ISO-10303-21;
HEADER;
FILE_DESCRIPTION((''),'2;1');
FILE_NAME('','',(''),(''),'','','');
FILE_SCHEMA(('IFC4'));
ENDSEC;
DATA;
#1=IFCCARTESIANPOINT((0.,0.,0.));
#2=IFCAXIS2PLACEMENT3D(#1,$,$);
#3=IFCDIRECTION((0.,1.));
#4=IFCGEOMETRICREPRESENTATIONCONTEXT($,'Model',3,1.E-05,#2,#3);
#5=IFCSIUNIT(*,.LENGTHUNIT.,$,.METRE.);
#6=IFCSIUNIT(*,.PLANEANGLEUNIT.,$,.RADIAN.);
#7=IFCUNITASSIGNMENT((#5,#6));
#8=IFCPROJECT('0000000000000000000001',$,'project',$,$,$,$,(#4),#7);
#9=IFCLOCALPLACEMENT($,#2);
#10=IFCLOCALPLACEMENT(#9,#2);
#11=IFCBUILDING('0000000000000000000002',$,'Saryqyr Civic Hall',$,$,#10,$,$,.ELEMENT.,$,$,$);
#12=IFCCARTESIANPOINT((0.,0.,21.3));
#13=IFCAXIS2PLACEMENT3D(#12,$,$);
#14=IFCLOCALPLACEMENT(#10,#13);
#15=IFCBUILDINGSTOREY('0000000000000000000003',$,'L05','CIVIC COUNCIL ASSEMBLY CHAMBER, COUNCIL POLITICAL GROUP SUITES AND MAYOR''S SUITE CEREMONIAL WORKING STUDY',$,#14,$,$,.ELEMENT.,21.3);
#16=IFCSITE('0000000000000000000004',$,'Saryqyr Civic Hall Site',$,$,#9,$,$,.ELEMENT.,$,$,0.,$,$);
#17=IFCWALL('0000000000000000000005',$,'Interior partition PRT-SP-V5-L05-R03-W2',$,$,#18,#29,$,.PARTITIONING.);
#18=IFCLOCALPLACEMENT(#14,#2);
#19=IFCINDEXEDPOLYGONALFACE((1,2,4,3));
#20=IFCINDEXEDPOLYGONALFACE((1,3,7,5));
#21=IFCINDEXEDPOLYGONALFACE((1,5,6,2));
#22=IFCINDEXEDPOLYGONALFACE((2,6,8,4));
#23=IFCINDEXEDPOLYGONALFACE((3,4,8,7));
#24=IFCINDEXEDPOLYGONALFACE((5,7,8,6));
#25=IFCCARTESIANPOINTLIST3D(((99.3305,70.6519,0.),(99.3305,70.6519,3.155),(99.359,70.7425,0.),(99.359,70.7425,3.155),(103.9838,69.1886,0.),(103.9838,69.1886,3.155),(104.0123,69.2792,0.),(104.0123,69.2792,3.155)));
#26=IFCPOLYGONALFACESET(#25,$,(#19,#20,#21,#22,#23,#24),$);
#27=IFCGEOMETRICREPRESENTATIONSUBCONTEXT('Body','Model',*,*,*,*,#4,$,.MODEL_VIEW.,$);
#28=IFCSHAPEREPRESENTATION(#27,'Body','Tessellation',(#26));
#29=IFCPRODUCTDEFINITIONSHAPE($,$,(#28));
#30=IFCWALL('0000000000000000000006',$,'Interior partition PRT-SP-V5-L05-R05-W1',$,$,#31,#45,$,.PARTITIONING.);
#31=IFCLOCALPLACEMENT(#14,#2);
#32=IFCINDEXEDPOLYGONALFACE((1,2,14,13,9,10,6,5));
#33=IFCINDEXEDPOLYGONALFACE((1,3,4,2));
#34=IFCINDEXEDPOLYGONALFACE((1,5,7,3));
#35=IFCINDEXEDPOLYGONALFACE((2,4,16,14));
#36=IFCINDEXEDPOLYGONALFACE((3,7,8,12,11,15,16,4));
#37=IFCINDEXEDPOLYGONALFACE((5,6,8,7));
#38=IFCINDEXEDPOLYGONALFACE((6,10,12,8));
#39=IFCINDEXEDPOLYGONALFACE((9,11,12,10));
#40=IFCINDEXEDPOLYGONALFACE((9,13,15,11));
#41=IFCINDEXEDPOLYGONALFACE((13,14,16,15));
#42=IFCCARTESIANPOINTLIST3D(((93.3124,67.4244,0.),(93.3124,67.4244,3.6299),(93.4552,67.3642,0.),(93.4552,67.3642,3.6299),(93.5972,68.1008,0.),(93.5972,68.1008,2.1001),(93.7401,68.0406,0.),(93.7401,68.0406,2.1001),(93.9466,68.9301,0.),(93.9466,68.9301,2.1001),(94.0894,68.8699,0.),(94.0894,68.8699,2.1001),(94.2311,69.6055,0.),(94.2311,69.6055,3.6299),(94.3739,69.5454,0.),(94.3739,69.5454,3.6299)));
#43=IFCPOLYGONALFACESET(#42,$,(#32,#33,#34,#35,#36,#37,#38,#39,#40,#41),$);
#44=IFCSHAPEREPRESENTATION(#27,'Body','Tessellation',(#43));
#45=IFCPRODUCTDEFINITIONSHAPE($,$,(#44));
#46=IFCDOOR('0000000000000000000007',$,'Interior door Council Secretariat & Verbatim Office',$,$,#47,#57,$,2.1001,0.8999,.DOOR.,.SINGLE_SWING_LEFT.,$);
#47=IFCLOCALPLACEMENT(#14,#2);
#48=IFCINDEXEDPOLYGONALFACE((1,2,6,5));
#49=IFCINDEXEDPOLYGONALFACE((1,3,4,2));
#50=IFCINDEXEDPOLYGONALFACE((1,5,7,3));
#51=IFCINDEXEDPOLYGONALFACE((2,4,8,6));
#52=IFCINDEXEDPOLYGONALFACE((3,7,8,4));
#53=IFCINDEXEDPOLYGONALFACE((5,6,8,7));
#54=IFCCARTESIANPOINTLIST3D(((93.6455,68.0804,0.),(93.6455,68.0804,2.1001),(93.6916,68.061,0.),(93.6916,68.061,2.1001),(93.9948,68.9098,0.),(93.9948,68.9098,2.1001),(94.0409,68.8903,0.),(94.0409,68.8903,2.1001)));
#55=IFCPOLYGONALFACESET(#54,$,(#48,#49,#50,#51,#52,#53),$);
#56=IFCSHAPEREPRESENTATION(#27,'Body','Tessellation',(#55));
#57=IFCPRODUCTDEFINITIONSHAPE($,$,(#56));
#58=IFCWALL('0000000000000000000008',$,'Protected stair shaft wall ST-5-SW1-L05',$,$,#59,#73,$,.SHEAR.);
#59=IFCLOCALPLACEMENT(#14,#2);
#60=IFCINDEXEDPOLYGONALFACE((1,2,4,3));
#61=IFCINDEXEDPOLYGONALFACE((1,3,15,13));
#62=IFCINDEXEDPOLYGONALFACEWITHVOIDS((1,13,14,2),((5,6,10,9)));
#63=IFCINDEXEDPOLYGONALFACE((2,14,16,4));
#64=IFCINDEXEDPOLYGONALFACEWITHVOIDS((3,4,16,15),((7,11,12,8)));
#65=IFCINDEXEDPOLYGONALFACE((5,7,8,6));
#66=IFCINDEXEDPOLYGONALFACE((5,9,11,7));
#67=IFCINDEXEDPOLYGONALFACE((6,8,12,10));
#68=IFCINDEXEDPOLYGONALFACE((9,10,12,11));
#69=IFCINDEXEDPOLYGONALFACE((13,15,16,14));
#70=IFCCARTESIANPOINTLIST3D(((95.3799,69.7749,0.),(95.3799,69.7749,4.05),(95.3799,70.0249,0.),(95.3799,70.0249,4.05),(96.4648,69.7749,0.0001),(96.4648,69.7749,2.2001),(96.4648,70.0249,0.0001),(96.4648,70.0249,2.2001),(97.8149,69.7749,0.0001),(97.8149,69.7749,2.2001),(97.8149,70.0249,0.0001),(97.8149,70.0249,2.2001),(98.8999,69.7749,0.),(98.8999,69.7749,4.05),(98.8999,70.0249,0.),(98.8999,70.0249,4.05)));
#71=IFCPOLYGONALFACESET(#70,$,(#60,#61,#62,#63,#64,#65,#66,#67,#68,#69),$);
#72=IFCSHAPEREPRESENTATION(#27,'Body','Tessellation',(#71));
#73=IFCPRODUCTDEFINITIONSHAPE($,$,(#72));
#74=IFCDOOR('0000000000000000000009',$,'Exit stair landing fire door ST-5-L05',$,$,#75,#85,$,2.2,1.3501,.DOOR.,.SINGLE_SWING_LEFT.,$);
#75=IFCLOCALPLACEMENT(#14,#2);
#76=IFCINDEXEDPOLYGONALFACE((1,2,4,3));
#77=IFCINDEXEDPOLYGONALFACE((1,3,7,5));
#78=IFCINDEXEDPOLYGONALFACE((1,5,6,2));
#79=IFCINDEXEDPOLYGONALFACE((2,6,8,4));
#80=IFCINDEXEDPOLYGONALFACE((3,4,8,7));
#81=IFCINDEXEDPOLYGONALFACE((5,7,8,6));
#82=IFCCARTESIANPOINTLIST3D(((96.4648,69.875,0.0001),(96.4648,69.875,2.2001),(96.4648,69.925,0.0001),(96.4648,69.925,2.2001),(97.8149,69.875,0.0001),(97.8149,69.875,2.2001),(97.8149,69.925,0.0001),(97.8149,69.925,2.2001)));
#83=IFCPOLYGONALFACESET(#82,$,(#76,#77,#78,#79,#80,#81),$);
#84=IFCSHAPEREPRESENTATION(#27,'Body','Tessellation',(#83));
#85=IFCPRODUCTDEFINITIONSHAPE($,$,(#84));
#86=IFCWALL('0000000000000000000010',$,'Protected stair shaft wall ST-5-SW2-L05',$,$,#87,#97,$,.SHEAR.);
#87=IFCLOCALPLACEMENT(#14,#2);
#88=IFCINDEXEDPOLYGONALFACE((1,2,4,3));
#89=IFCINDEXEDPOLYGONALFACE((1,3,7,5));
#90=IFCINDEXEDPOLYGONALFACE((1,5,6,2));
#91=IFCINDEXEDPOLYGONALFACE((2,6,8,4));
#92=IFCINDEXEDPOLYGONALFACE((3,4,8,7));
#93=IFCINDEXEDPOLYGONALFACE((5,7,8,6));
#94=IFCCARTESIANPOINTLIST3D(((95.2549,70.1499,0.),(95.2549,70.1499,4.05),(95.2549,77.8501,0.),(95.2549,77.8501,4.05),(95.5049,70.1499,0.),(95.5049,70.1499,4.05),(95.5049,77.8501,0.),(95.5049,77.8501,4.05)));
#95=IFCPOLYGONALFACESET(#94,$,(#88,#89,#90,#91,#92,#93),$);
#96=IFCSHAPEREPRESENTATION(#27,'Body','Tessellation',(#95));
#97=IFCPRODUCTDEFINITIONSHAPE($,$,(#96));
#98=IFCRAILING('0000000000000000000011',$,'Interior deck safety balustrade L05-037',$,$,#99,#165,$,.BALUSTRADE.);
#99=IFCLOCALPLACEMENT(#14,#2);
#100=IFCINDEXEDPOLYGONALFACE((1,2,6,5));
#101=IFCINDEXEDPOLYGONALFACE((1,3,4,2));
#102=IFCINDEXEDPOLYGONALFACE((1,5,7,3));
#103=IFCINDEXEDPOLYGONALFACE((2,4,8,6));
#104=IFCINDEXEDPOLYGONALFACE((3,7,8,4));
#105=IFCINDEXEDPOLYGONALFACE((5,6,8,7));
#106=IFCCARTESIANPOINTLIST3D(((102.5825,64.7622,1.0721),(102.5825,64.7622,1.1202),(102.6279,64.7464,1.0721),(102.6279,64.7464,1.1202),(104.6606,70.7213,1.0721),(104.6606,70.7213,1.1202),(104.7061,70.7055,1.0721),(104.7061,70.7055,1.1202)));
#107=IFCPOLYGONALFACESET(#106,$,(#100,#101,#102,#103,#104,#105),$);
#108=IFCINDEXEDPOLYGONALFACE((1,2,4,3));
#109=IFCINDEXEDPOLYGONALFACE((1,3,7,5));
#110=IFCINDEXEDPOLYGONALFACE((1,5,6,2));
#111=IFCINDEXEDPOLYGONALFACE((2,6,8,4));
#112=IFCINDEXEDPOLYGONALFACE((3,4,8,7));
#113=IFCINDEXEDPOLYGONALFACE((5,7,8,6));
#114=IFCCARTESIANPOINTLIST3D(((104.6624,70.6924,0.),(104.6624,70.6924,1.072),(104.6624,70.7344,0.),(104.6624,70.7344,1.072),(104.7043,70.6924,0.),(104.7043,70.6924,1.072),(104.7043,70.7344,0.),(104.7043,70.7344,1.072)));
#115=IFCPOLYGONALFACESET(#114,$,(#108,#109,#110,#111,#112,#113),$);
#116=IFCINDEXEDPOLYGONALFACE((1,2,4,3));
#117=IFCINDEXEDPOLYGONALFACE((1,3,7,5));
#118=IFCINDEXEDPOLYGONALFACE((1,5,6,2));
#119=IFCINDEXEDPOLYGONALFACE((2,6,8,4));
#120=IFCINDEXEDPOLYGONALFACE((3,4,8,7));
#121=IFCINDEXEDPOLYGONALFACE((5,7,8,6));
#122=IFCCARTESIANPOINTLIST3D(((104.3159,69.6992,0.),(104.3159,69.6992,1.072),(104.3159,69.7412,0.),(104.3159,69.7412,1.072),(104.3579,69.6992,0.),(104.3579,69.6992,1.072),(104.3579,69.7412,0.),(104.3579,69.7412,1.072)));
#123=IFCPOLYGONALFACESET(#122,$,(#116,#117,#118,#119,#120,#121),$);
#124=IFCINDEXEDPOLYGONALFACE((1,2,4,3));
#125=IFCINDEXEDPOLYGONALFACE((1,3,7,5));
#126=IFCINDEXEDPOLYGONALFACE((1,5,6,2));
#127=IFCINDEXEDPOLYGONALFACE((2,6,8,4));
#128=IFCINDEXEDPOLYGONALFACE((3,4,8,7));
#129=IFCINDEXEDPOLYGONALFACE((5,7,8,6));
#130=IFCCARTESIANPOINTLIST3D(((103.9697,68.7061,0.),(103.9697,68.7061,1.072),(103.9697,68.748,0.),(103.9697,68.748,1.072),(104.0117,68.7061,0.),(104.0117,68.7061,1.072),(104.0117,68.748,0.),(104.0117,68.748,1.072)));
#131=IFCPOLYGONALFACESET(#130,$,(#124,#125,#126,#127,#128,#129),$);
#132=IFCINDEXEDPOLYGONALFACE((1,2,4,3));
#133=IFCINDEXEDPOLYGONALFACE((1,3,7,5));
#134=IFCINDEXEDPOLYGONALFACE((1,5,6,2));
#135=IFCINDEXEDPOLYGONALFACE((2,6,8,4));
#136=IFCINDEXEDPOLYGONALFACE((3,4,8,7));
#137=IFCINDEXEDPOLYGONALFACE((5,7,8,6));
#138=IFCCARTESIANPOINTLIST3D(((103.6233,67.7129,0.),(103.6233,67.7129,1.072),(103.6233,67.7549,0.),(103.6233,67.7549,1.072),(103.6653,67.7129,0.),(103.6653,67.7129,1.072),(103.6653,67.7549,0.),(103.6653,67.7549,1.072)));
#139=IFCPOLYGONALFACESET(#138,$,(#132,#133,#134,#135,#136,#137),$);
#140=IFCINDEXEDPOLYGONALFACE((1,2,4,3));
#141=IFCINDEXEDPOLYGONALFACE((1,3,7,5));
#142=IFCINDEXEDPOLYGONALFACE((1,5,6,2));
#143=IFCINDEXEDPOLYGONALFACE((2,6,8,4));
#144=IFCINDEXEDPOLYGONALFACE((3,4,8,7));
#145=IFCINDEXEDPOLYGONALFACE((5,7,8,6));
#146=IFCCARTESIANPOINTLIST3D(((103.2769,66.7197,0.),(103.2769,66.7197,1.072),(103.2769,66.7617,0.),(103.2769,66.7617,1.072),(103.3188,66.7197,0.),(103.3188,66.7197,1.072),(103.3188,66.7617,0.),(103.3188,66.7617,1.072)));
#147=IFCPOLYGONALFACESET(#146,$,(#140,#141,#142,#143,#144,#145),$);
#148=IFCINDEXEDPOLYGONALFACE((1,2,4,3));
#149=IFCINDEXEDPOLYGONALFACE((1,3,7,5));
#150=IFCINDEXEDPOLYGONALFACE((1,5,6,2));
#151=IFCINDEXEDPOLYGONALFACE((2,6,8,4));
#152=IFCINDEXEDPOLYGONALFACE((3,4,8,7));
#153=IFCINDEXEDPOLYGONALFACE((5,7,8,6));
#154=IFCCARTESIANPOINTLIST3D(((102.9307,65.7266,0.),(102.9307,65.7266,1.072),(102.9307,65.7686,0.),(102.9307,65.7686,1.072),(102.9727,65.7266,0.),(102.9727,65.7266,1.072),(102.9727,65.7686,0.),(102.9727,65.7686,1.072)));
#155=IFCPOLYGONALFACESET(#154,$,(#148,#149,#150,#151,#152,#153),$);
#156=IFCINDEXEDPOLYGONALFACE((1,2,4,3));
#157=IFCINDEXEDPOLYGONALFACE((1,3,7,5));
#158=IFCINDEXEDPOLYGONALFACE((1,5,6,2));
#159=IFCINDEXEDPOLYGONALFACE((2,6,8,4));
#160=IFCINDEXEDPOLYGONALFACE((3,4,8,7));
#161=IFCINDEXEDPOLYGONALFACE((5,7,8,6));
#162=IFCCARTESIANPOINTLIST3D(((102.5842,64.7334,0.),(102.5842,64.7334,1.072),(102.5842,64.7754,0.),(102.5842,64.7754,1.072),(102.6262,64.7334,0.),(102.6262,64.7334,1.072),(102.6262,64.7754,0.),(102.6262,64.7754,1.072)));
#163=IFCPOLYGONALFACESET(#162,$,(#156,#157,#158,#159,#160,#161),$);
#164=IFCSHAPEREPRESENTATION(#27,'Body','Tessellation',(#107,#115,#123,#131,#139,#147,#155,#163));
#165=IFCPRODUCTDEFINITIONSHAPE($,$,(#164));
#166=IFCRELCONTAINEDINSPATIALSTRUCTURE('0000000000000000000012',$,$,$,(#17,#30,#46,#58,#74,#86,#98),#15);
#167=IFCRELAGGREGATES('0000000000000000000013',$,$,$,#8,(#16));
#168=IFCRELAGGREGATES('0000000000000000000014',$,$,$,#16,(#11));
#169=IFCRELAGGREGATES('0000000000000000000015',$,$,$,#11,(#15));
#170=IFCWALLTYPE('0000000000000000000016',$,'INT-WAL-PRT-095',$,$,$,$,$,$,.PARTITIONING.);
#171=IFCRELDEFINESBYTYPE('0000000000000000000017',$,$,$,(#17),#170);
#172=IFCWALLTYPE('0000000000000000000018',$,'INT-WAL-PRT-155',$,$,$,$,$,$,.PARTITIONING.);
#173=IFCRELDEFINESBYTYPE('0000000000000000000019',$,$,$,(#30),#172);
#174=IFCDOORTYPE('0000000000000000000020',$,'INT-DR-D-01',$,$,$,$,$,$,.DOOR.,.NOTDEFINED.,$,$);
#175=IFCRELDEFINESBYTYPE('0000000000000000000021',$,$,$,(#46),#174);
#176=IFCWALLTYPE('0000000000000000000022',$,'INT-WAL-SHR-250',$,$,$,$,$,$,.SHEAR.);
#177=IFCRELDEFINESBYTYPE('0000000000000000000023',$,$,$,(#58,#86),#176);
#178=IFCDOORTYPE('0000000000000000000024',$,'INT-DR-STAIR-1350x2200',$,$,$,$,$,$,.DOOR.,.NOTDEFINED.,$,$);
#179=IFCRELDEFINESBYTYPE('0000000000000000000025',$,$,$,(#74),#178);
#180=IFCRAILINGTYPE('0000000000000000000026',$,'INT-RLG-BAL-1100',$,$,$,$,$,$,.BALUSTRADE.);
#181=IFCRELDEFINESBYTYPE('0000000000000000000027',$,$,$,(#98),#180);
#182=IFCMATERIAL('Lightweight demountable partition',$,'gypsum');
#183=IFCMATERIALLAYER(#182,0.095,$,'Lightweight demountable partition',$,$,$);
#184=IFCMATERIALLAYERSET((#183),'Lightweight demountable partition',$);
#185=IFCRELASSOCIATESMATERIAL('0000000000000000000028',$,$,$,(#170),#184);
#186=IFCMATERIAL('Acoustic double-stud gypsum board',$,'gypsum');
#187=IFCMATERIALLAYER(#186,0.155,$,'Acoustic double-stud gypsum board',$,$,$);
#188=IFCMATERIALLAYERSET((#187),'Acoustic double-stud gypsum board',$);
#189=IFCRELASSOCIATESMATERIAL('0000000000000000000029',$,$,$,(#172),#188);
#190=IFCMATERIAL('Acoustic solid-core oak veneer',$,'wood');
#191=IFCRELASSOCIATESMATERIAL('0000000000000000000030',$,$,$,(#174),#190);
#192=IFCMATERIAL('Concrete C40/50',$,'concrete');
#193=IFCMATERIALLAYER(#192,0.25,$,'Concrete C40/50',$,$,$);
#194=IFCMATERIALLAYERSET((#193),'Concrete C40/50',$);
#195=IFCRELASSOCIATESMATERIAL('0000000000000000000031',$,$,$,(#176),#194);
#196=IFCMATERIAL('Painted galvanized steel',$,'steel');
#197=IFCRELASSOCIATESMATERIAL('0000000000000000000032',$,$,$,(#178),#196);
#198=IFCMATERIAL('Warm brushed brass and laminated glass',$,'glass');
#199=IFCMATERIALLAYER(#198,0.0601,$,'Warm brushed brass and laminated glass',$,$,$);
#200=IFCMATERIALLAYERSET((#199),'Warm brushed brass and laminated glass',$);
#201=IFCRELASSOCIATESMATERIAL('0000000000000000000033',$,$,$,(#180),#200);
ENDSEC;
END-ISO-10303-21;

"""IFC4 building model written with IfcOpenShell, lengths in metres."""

from ifc_helpers import new_model, si_unit, direction, frame, frame_2d, origin, origin_2d, place, context, subcontext, project, spatial, rectangle, extrude, material, layer, layer_set, type_object, element, fill, save


model = new_model("IFC4")

# Units and contexts
model_context = context("Model", 3, precision=1e-05, world=origin(), true_north=direction((0.0, 1.0)))
body_context = subcontext(model_context, "Body", "Model", "MODEL_VIEW")
ifc_project = project(units=[si_unit("LENGTHUNIT", "METRE"), si_unit("PLANEANGLEUNIT", "RADIAN")], contexts=[model_context])

# Site, building, storey
site_placement = place(None, origin())
site = spatial("IfcSite", under=ifc_project, at=site_placement, Name="Saryqyr Civic Hall Site", CompositionType="ELEMENT", RefElevation=0.0)
building_placement = place(site_placement, origin())
building = spatial("IfcBuilding", under=site, at=building_placement, Name="Saryqyr Civic Hall", CompositionType="ELEMENT")
storey_placement = place(building_placement, frame((0.0, 0.0, 21.3)))
storey = spatial("IfcBuildingStorey", under=building, at=storey_placement, Name="L05", Description="CIVIC COUNCIL ASSEMBLY CHAMBER, COUNCIL POLITICAL GROUP SUITES AND MAYOR'S SUITE CEREMONIAL WORKING STUDY", CompositionType="ELEMENT", Elevation=21.3)

# Shared definitions
ifc_material_1 = material(Name="Concrete C40/50", Category="concrete")

# Wall
ifc_material_2 = material(Name="Lightweight demountable partition", Category="gypsum")
ifc_layer_1 = layer(ifc_material_2, 0.095, Name="Lightweight demountable partition")
ifc_layer_set_1 = layer_set([ifc_layer_1], Name="Lightweight demountable partition")
wall_type_1 = type_object("IfcWallType", Name="INT-WAL-PRT-095", PredefinedType="PARTITIONING", material=ifc_layer_set_1)
wall_1_placement = place(storey_placement, frame((103.998, 69.2339, 0.0), z_axis=(0.0, 0.0, 1.0), x_axis=(-0.953941, 0.299996, 0.0)))
element("IfcWall", 1, at=wall_1_placement, inside=storey, type_object=wall_type_1, Name="Interior partition PRT-SP-V5-L05-R03-W2", PredefinedType="PARTITIONING", context=body_context, shape_type="SweptSolid", body=[
    extrude(rectangle(XDim=4.8779, YDim=0.095, at=frame_2d((2.439, 0.0))), origin(), (0.0, 0.0, 1.0), 3.155),
])

# Walls, openings, doors
ifc_material_3 = material(Name="Acoustic double-stud gypsum board", Category="gypsum")
ifc_layer_2 = layer(ifc_material_3, 0.155, Name="Acoustic double-stud gypsum board")
ifc_layer_set_2 = layer_set([ifc_layer_2], Name="Acoustic double-stud gypsum board")
wall_type_2 = type_object("IfcWallType", Name="INT-WAL-PRT-155", PredefinedType="PARTITIONING", material=ifc_layer_set_2)
wall_2_placement = place(storey_placement, frame((94.3025, 69.5754, 0.0), z_axis=(0.0, 0.0, 1.0), x_axis=(-0.388172, -0.921587, 0.0)))
wall_2 = element("IfcWall", 2, at=wall_2_placement, inside=storey, type_object=wall_type_2, Name="Interior partition PRT-SP-V5-L05-R05-W1", PredefinedType="PARTITIONING", context=body_context, shape_type="SweptSolid", body=[
    extrude(rectangle(XDim=2.3667, YDim=0.155, at=frame_2d((1.1833, 0.0))), origin(), (0.0, 0.0, 1.0), 3.6299),
])
opening_1_placement = place(wall_2_placement, frame((0.7329, 0.0, 0.0)))
opening_1 = element("IfcOpeningElement", 3, at=opening_1_placement, cuts=wall_2, PredefinedType="OPENING", context=body_context, shape_type="SweptSolid", body=[
    extrude(rectangle(XDim=0.8999, YDim=2.1001, at=frame_2d((0.45, 1.05))), frame((0.0, 0.0874, 0.0), z_axis=(0.0, -1.0, 0.0), x_axis=(1.0, 0.0, 0.0)), (0.0, 0.0, 1.0), 0.175),
])
ifc_material_4 = material(Name="Acoustic solid-core oak veneer", Category="wood")
door_type_1 = type_object("IfcDoorType", Name="INT-DR-D-01", OperationType="NOTDEFINED", PredefinedType="DOOR", material=ifc_material_4)
door_1_placement = place(opening_1_placement, origin())
door_1 = element("IfcDoor", 4, at=door_1_placement, inside=storey, type_object=door_type_1, Name="Interior door Council Secretariat & Verbatim Office", OperationType="SINGLE_SWING_LEFT", OverallHeight=2.1001, OverallWidth=0.8999, PredefinedType="DOOR", context=body_context, shape_type="SweptSolid", body=[
    extrude(rectangle(XDim=0.8999, YDim=2.1001, at=frame_2d((0.45, 1.05))), frame((0.0, 0.0249, 0.0), z_axis=(0.0, -1.0, 0.0), x_axis=(1.0, 0.0, 0.0)), (0.0, 0.0, 1.0), 0.05),
])
fill(opening_1, door_1)
ifc_layer_3 = layer(ifc_material_1, 0.25, Name="Concrete C40/50")
ifc_layer_set_3 = layer_set([ifc_layer_3], Name="Concrete C40/50")
wall_type_3 = type_object("IfcWallType", Name="INT-WAL-SHR-250", PredefinedType="SHEAR", material=ifc_layer_set_3)
wall_3_placement = place(storey_placement, frame((98.8999, 69.8999, 0.0), z_axis=(0.0, 0.0, 1.0), x_axis=(-1.0, 0.0, 0.0)))
wall_3 = element("IfcWall", 5, at=wall_3_placement, inside=storey, type_object=wall_type_3, Name="Protected stair shaft wall ST-5-SW1-L05", PredefinedType="SHEAR", context=body_context, shape_type="SweptSolid", body=[
    extrude(rectangle(XDim=3.52, YDim=0.25, at=frame_2d((1.76, 0.0))), origin(), (0.0, 0.0, 1.0), 4.05),
])
opening_2_placement = place(wall_3_placement, frame((1.085, 0.0, 0.0)))
opening_2 = element("IfcOpeningElement", 6, at=opening_2_placement, cuts=wall_3, PredefinedType="OPENING", context=body_context, shape_type="SweptSolid", body=[
    extrude(rectangle(XDim=1.3501, YDim=2.2, at=frame_2d((0.675, 1.1001))), frame((0.0, 0.135, 0.0), z_axis=(0.0, -1.0, 0.0), x_axis=(1.0, 0.0, 0.0)), (0.0, 0.0, 1.0), 0.27),
])
ifc_material_5 = material(Name="Painted galvanized steel", Category="steel")
door_type_2 = type_object("IfcDoorType", Name="INT-DR-STAIR-1350x2200", OperationType="NOTDEFINED", PredefinedType="DOOR", material=ifc_material_5)
door_2_placement = place(opening_2_placement, origin())
door_2 = element("IfcDoor", 7, at=door_2_placement, inside=storey, type_object=door_type_2, Name="Exit stair landing fire door ST-5-L05", OperationType="SINGLE_SWING_LEFT", OverallHeight=2.2, OverallWidth=1.3501, PredefinedType="DOOR", context=body_context, shape_type="SweptSolid", body=[
    extrude(rectangle(XDim=1.3501, YDim=2.2, at=frame_2d((0.675, 1.1001))), frame((0.0, 0.0249, 0.0), z_axis=(0.0, -1.0, 0.0), x_axis=(1.0, 0.0, 0.0)), (0.0, 0.0, 1.0), 0.05),
])
fill(opening_2, door_2)

# Wall
wall_4_placement = place(storey_placement, frame((95.3799, 70.1499, 0.0), z_axis=(0.0, 0.0, 1.0), x_axis=(0.0, 1.0, 0.0)))
element("IfcWall", 8, at=wall_4_placement, inside=storey, type_object=wall_type_3, Name="Protected stair shaft wall ST-5-SW2-L05", PredefinedType="SHEAR", context=body_context, shape_type="SweptSolid", body=[
    extrude(rectangle(XDim=7.7002, YDim=0.25, at=frame_2d((3.8501, 0.0))), origin(), (0.0, 0.0, 1.0), 4.05),
])

# Railing
ifc_material_6 = material(Name="Warm brushed brass and laminated glass", Category="glass")
ifc_layer_4 = layer(ifc_material_6, 0.0601, Name="Warm brushed brass and laminated glass")
ifc_layer_set_4 = layer_set([ifc_layer_4], Name="Warm brushed brass and laminated glass")
railing_type = type_object("IfcRailingType", Name="INT-RLG-BAL-1100", PredefinedType="BALUSTRADE", material=ifc_layer_set_4)
railing_1_placement = place(storey_placement, frame((104.6833, 70.7134, 0.0)))
element("IfcRailing", 9, at=railing_1_placement, inside=storey, type_object=railing_type, Name="Interior deck safety balustrade L05-037", PredefinedType="BALUSTRADE", context=body_context, shape_type="SweptSolid", body=[
    extrude(rectangle(XDim=0.0481, YDim=0.0481, at=origin_2d()), frame((0.0, 0.0, 1.0962), z_axis=(-0.329289, -0.944229, 0.0), x_axis=(0.944229, -0.329289, 0.0)), (0.0, 0.0, 1.0), 6.311),
    extrude(rectangle(XDim=0.042, YDim=0.042, at=origin_2d()), origin(), (0.0, 0.0, 1.0), 1.072),
    extrude(rectangle(XDim=0.042, YDim=0.042, at=origin_2d()), frame((-0.3464, -0.9932, 0.0)), (0.0, 0.0, 1.0), 1.072),
    extrude(rectangle(XDim=0.042, YDim=0.042, at=origin_2d()), frame((-0.6926, -1.9863, 0.0)), (0.0, 0.0, 1.0), 1.072),
    extrude(rectangle(XDim=0.042, YDim=0.042, at=origin_2d()), frame((-1.0391, -2.9795, 0.0)), (0.0, 0.0, 1.0), 1.072),
    extrude(rectangle(XDim=0.042, YDim=0.042, at=origin_2d()), frame((-1.3855, -3.9727, 0.0)), (0.0, 0.0, 1.0), 1.072),
    extrude(rectangle(XDim=0.042, YDim=0.042, at=origin_2d()), frame((-1.7317, -4.9658, 0.0)), (0.0, 0.0, 1.0), 1.072),
    extrude(rectangle(XDim=0.042, YDim=0.042, at=origin_2d()), frame((-2.0781, -5.959, 0.0)), (0.0, 0.0, 1.0), 1.072),
])

save(model, "model.ifc")
